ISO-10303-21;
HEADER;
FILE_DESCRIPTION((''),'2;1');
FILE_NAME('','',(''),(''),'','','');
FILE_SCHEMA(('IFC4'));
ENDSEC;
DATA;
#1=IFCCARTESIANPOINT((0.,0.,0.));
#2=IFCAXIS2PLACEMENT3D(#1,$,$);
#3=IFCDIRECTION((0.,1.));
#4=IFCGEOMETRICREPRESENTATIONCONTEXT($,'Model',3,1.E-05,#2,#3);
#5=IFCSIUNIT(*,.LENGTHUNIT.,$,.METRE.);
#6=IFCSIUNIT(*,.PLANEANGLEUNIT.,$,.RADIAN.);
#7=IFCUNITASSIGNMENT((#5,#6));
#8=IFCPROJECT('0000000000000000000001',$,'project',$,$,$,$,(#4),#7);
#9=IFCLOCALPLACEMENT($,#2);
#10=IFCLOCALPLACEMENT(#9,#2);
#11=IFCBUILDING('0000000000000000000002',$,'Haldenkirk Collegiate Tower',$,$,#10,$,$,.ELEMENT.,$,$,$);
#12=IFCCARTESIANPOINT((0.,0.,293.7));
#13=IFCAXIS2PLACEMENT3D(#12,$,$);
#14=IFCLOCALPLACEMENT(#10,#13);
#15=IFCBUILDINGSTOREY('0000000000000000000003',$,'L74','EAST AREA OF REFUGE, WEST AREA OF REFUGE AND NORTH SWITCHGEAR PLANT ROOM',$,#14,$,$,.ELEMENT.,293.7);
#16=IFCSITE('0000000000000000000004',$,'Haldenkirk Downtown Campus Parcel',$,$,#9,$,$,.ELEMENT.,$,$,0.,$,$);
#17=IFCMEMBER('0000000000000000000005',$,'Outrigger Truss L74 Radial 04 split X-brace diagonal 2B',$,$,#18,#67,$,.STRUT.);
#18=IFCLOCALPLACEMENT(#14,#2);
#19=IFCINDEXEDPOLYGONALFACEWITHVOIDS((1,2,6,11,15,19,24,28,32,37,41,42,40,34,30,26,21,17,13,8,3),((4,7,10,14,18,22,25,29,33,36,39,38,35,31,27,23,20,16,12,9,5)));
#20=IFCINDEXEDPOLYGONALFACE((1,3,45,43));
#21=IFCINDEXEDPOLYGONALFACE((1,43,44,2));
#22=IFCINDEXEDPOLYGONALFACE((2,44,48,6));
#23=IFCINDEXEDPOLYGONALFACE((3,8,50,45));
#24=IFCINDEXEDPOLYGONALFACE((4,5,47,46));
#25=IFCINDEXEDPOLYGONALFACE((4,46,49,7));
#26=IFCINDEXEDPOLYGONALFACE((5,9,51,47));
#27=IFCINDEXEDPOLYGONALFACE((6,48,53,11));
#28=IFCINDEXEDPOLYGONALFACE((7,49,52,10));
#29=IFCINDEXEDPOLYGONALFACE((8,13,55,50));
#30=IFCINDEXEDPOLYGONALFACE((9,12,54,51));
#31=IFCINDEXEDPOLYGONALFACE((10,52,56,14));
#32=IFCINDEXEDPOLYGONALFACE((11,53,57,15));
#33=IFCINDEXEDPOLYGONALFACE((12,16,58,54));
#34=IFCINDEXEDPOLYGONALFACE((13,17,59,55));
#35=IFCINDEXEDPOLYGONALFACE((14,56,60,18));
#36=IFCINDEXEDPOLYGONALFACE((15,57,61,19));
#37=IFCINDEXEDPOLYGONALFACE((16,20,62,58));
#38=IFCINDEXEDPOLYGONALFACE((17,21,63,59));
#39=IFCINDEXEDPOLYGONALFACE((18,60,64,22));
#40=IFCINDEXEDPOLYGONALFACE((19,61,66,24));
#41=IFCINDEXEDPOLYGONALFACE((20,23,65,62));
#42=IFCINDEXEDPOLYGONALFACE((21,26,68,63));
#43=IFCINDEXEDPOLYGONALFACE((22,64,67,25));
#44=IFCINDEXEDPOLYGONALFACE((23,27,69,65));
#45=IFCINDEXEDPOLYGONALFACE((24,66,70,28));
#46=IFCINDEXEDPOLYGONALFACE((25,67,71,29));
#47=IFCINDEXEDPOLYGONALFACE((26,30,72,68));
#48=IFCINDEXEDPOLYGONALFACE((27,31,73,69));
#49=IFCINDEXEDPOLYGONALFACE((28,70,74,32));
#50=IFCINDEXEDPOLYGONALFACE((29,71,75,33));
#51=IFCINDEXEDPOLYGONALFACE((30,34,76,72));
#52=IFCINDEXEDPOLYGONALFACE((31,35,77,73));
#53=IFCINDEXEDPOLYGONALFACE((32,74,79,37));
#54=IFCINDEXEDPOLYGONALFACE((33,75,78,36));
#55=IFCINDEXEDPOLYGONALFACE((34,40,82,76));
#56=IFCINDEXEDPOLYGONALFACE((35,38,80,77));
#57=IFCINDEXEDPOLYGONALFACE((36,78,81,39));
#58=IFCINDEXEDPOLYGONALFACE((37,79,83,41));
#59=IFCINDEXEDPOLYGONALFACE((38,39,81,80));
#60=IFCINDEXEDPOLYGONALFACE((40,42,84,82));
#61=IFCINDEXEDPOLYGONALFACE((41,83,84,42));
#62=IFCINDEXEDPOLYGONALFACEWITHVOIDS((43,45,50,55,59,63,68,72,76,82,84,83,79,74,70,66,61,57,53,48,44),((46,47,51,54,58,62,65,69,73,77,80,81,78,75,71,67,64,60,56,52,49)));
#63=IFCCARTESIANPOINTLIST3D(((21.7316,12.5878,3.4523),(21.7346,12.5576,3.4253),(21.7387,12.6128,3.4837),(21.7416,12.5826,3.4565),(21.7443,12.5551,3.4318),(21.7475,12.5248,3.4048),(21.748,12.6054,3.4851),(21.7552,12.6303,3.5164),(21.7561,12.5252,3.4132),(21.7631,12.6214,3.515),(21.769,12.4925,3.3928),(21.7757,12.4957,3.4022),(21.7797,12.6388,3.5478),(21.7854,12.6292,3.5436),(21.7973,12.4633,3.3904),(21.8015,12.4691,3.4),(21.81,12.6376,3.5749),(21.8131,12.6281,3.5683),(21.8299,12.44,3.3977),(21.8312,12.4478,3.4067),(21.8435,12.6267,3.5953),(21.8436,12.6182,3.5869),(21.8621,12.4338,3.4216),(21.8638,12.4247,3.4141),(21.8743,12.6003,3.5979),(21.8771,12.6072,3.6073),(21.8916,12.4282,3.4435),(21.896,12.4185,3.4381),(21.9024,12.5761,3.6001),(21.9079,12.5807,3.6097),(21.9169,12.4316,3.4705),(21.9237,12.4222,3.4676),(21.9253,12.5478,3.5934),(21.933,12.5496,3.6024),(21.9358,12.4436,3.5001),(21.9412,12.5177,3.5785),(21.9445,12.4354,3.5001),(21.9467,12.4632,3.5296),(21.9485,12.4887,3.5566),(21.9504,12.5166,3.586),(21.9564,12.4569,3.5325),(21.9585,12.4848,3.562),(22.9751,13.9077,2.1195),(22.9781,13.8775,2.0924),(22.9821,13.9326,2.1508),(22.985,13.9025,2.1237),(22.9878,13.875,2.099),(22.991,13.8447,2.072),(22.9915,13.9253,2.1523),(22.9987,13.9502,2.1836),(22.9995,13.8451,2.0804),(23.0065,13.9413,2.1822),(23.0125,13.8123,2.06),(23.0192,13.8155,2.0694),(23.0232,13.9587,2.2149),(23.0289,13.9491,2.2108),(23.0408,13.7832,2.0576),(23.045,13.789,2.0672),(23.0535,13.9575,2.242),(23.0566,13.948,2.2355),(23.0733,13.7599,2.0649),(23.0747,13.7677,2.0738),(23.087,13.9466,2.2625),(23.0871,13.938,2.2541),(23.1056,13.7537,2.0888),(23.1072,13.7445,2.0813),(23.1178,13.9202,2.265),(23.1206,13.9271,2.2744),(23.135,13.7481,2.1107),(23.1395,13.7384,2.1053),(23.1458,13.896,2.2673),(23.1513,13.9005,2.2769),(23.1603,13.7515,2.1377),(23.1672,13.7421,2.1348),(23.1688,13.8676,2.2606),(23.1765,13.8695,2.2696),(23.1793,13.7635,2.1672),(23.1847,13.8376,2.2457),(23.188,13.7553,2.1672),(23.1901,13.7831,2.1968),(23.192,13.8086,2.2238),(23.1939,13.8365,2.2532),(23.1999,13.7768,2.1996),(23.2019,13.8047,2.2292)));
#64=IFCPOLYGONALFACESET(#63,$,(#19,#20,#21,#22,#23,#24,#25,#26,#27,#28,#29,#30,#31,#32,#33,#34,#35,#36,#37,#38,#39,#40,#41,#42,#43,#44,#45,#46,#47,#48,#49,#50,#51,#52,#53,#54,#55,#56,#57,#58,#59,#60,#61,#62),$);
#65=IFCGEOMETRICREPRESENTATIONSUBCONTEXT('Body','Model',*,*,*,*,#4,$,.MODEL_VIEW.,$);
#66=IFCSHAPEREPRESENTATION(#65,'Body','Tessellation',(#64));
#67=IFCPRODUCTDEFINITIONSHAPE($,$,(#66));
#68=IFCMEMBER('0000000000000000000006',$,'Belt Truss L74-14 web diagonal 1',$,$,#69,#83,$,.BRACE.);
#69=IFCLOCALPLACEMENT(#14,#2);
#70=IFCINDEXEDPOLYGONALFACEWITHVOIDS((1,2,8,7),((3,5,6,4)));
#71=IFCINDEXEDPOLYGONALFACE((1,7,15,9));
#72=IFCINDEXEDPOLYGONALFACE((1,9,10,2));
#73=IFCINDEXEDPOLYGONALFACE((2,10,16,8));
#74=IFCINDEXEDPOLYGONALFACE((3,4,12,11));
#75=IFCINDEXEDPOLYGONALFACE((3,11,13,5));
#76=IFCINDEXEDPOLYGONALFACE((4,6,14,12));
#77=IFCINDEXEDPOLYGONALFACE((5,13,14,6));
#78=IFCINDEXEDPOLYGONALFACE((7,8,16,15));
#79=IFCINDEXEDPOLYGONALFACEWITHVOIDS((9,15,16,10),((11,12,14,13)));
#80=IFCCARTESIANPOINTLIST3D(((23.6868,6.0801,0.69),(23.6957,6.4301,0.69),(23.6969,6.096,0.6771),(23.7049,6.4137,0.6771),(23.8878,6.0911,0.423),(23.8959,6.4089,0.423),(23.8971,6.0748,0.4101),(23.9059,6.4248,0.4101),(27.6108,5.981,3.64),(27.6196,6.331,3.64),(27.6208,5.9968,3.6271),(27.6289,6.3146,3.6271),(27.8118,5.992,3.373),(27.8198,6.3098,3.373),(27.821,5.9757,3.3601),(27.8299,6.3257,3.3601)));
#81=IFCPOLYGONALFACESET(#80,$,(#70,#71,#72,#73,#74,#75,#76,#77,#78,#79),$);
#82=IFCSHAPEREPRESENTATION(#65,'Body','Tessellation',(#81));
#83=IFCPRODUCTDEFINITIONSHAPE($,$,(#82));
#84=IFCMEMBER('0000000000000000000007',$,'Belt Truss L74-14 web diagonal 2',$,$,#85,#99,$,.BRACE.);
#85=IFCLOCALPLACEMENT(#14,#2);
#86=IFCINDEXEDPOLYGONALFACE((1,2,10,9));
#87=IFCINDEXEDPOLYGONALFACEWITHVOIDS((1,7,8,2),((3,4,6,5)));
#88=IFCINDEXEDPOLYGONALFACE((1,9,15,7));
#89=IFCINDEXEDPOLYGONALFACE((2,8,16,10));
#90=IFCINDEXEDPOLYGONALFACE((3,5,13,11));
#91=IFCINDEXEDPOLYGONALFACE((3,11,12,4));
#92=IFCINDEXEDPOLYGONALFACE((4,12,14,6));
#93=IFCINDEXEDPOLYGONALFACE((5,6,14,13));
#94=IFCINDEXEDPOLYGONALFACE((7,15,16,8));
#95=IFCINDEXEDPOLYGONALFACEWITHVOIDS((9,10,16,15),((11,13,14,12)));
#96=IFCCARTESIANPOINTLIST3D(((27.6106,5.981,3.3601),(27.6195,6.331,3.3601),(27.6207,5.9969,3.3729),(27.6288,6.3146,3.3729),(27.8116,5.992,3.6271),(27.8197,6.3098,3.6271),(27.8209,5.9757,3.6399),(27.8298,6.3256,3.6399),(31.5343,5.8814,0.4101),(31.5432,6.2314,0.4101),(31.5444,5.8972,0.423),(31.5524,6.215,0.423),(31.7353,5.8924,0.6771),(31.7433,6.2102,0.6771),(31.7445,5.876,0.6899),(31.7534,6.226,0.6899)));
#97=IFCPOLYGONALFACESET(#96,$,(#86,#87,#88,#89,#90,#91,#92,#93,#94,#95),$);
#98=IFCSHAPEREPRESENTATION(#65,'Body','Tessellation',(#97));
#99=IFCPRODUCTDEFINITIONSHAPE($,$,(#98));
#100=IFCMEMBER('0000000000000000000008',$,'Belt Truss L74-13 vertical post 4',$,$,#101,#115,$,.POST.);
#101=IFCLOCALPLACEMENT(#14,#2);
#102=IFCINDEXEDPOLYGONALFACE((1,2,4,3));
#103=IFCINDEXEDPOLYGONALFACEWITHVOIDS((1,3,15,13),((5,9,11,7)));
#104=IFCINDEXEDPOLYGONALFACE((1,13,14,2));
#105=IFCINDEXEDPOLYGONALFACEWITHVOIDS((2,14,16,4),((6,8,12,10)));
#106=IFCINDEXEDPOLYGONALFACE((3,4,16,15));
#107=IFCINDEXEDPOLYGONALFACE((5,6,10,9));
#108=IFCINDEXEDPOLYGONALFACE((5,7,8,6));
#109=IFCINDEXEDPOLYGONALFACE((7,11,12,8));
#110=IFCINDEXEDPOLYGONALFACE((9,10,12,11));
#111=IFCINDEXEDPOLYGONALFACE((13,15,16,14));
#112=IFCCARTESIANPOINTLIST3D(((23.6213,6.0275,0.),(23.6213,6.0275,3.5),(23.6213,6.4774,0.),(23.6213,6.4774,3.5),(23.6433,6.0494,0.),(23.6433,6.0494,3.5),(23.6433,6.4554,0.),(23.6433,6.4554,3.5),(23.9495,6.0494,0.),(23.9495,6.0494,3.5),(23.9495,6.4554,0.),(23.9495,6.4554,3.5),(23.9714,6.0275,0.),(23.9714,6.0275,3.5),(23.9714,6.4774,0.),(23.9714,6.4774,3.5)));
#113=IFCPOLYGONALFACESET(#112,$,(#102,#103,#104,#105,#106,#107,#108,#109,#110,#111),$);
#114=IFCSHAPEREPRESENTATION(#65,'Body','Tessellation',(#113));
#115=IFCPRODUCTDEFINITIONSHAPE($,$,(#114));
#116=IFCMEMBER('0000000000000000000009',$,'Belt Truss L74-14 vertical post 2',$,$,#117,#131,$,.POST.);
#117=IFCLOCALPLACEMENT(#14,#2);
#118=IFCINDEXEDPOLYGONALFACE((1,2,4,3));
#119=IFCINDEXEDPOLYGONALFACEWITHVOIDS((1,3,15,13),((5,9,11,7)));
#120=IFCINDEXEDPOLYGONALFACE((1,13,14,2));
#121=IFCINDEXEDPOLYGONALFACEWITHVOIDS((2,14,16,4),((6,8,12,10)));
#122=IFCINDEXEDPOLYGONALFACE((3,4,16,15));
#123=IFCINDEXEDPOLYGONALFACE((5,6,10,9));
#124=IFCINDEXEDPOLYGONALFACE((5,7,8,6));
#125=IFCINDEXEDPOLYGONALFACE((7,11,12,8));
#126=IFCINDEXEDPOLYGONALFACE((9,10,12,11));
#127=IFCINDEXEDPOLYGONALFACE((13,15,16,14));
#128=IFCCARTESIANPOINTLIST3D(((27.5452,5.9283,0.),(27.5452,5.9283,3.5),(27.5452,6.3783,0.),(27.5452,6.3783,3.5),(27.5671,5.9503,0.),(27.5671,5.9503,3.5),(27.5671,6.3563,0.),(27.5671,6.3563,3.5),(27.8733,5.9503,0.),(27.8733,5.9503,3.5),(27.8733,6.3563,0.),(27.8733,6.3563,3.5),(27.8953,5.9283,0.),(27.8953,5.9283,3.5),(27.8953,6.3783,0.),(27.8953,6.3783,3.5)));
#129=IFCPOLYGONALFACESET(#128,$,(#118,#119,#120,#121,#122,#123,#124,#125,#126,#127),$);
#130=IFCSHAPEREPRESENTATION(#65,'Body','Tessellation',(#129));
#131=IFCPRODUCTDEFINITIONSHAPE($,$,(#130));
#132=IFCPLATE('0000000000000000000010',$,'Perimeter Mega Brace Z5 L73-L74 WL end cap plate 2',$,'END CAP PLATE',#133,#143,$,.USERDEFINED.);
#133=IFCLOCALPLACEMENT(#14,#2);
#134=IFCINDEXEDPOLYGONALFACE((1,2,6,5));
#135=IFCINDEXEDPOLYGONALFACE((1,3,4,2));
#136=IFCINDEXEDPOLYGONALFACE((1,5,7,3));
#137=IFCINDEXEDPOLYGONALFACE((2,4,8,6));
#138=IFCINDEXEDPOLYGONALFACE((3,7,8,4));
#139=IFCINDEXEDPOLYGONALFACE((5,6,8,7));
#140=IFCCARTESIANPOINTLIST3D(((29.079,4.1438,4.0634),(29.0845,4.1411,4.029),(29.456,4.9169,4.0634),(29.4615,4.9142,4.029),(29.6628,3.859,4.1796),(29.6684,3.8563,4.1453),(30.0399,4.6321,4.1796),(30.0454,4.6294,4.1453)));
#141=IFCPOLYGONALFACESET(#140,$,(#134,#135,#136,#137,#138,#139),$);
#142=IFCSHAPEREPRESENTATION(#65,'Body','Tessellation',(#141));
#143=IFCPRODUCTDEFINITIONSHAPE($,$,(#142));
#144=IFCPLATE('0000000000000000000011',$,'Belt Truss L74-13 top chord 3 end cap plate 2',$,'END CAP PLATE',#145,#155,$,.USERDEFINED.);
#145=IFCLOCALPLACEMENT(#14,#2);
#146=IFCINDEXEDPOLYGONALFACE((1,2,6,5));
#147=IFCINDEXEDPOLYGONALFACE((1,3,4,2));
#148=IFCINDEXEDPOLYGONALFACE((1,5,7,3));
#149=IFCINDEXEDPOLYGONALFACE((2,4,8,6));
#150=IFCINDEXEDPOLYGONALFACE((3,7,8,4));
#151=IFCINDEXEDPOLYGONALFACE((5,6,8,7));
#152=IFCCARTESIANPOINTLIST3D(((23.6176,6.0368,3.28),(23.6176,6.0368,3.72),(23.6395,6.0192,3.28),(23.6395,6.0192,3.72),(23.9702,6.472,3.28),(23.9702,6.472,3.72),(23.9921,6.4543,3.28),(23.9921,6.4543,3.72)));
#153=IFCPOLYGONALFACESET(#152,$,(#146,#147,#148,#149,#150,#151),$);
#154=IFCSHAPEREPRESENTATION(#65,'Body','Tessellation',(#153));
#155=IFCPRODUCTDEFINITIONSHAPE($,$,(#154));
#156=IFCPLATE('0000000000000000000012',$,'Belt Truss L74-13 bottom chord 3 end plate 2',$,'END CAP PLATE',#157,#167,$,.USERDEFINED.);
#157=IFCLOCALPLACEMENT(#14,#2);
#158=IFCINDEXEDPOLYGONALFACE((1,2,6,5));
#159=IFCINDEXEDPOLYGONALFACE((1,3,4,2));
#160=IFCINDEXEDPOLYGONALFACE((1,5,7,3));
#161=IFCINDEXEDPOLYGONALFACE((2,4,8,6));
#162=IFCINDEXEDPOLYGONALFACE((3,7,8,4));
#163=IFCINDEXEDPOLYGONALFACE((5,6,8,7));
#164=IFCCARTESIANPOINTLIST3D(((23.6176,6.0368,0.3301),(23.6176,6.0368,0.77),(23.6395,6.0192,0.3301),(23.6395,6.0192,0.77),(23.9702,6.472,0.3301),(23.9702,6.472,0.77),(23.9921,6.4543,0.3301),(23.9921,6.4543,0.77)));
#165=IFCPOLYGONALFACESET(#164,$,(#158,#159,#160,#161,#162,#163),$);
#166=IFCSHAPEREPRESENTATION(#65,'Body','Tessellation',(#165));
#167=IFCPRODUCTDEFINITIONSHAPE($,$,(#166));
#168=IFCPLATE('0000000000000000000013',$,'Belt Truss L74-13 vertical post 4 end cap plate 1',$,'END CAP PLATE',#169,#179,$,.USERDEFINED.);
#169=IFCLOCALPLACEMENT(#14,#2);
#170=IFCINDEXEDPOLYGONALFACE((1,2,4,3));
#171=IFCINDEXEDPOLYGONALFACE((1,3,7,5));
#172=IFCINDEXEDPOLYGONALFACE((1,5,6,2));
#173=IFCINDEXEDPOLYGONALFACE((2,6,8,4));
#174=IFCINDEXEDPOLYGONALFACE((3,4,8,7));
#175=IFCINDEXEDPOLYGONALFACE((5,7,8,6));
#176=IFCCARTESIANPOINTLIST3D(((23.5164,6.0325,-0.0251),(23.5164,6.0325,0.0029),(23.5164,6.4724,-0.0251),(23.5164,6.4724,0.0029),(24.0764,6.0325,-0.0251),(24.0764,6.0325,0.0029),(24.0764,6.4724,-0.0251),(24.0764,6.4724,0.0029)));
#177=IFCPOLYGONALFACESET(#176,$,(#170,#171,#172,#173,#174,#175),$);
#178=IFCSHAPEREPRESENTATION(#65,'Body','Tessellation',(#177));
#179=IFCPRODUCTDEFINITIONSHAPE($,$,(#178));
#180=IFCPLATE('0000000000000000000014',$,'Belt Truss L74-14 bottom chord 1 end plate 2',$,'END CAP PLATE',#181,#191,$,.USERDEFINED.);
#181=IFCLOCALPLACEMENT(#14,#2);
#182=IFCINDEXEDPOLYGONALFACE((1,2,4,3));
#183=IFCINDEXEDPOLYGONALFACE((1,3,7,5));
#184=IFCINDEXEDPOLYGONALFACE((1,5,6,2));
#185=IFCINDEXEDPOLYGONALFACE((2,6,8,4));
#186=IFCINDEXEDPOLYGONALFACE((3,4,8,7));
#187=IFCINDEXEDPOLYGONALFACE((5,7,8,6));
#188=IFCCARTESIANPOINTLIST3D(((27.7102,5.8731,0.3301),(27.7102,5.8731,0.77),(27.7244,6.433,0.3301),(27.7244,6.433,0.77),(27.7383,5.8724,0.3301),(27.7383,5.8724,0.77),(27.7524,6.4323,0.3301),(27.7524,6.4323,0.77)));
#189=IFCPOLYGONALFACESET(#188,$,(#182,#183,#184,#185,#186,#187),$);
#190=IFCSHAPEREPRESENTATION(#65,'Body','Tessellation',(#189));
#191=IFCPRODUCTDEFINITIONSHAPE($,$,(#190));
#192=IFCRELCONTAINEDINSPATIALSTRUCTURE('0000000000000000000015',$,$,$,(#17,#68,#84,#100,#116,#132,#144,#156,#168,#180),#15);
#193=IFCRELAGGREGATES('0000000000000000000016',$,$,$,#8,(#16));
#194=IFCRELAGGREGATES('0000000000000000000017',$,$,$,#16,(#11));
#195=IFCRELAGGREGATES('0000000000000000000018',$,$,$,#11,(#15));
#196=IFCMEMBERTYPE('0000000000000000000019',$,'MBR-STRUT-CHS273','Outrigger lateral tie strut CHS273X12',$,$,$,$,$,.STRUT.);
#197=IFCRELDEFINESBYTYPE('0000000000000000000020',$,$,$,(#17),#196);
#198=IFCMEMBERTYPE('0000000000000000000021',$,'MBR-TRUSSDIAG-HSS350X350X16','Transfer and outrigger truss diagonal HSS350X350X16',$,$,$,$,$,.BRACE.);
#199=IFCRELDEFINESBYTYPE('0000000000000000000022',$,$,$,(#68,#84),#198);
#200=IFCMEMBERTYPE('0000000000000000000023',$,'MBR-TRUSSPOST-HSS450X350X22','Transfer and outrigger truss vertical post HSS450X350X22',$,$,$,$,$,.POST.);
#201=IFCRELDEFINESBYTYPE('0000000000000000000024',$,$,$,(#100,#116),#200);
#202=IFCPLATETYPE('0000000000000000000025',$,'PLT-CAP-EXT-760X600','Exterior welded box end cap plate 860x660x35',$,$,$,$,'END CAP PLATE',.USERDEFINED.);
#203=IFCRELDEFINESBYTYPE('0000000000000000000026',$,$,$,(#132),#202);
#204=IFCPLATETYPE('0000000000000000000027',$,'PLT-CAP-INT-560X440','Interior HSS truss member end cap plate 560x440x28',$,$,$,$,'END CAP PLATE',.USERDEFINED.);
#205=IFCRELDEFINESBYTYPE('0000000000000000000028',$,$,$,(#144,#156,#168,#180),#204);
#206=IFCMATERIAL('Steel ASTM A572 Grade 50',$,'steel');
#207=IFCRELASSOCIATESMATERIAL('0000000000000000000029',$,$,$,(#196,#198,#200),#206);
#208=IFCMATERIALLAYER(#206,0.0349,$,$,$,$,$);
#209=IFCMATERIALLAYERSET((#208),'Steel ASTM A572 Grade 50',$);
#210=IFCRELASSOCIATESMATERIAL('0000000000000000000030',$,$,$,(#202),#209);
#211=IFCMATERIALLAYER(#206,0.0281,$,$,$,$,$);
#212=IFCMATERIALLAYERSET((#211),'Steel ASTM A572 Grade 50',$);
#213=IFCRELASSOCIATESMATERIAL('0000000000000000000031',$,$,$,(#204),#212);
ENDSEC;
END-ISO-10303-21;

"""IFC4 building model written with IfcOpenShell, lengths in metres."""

from ifc_helpers import new_model, si_unit, direction, frame, origin, origin_2d, place, context, subcontext, project, spatial, rectangle, hollow_rectangle, hollow_circle, extrude, source, transform, mapped, material, layer, layer_set, material_profile, profile_set, type_object, element, save


model = new_model("IFC4")

# Units and contexts
model_context = context("Model", 3, precision=1e-05, world=origin(), true_north=direction((0.0, 1.0)))
body_context = subcontext(model_context, "Body", "Model", "MODEL_VIEW")
ifc_project = project(units=[si_unit("LENGTHUNIT", "METRE"), si_unit("PLANEANGLEUNIT", "RADIAN")], contexts=[model_context])

# Site, building, storey
site_placement = place(None, origin())
site = spatial("IfcSite", under=ifc_project, at=site_placement, Name="Haldenkirk Downtown Campus Parcel", CompositionType="ELEMENT", RefElevation=0.0)
building_placement = place(site_placement, origin())
building = spatial("IfcBuilding", under=site, at=building_placement, Name="Haldenkirk Collegiate Tower", CompositionType="ELEMENT")
storey_placement = place(building_placement, frame((0.0, 0.0, 293.7)))
storey = spatial("IfcBuildingStorey", under=building, at=storey_placement, Name="L74", Description="EAST AREA OF REFUGE, WEST AREA OF REFUGE AND NORTH SWITCHGEAR PLANT ROOM", CompositionType="ELEMENT", Elevation=293.7)

# Members
ifc_material_1 = material(Name="Steel ASTM A572 Grade 50", Category="steel")
ifc_material_profile_1 = material_profile(ifc_material_1, hollow_circle(Radius=0.1365, WallThickness=0.012, at=origin_2d()), Name="CHS273X12")
ifc_profile_set_1 = profile_set([ifc_material_profile_1], Name="Steel ASTM A572 Grade 50")
member_type_1 = type_object("IfcMemberType", Name="MBR-STRUT-CHS273", Description="Outrigger lateral tie strut CHS273X12", PredefinedType="STRUT", material=ifc_profile_set_1)
member_1_placement = place(storey_placement, frame((23.0886, 13.8489, 2.1672), z_axis=(-0.55253, -0.586487, 0.592237), x_axis=(0.727864, -0.685722, 0.0)))
element("IfcMember", 1, at=member_1_placement, inside=storey, type_object=member_type_1, Name="Outrigger Truss L74 Radial 04 split X-brace diagonal 2B", PredefinedType="STRUT", context=body_context, shape_type="SweptSolid", body=[
    extrude(hollow_circle(Radius=0.1365, WallThickness=0.012, at=origin_2d()), origin(), (0.0, 0.0, 1.0), 2.2505),
])
ifc_material_profile_2 = material_profile(ifc_material_1, hollow_rectangle(XDim=0.3501, YDim=0.3501, WallThickness=0.0161, at=origin_2d()), Name="HSS350X350X16")
ifc_profile_set_2 = profile_set([ifc_material_profile_2], Name="Steel ASTM A572 Grade 50")
member_type_2 = type_object("IfcMemberType", Name="MBR-TRUSSDIAG-HSS350X350X16", Description="Transfer and outrigger truss diagonal HSS350X350X16", PredefinedType="BRACE", material=ifc_profile_set_2)
member_2_placement = place(storey_placement, frame((23.7964, 6.2524, 0.55), z_axis=(0.799144, -0.020187, 0.6008), x_axis=(0.025253, 0.999681, 0.0)))
element("IfcMember", 2, at=member_2_placement, inside=storey, type_object=member_type_2, Name="Belt Truss L74-14 web diagonal 1", PredefinedType="BRACE", context=body_context, shape_type="SweptSolid", body=[
    extrude(hollow_rectangle(XDim=0.3501, YDim=0.3501, WallThickness=0.0161, at=origin_2d()), origin(), (0.0, 0.0, 1.0), 4.9102),
])
member_3_placement = place(storey_placement, frame((27.7202, 6.1533, 3.5), z_axis=(0.799125, -0.020288, -0.600823), x_axis=(0.025379, 0.999678, 0.0)))
element("IfcMember", 3, at=member_3_placement, inside=storey, type_object=member_type_2, Name="Belt Truss L74-14 web diagonal 2", PredefinedType="BRACE", context=body_context, shape_type="SweptSolid", body=[
    extrude(hollow_rectangle(XDim=0.3501, YDim=0.3501, WallThickness=0.0161, at=origin_2d()), origin(), (0.0, 0.0, 1.0), 4.9099),
])
ifc_material_profile_3 = material_profile(ifc_material_1, hollow_rectangle(XDim=0.3501, YDim=0.45, WallThickness=0.022, at=origin_2d()), Name="HSS450X350X22")
ifc_profile_set_3 = profile_set([ifc_material_profile_3], Name="Steel ASTM A572 Grade 50")
member_type_3 = type_object("IfcMemberType", Name="MBR-TRUSSPOST-HSS450X350X22", Description="Transfer and outrigger truss vertical post HSS450X350X22", PredefinedType="POST", material=ifc_profile_set_3)
for number, where, z_axis, x_axis, name in (
    (4, (23.7964, 6.2524, 0.0), (0.0, 0.0, 1.0), (1.0, 0.0, 0.0), "Belt Truss L74-13 vertical post 4"),
    (5, (27.7202, 6.1533, 0.0), (0.0, 0.0, 1.0), (1.0, 0.0, 0.0), "Belt Truss L74-14 vertical post 2"),
):
    element("IfcMember", number, at=place(storey_placement, frame(where, z_axis=z_axis, x_axis=x_axis)), inside=storey, type_object=member_type_3, Name=name, PredefinedType="POST", context=body_context, shape_type="SweptSolid", body=[
        extrude(hollow_rectangle(XDim=0.3501, YDim=0.45, WallThickness=0.022, at=origin_2d()), origin(), (0.0, 0.0, 1.0), 3.5),
    ])

# Plates
ifc_layer_1 = layer(ifc_material_1, 0.0349)
ifc_layer_set_1 = layer_set([ifc_layer_1], Name="Steel ASTM A572 Grade 50")
plate_type_1 = type_object("IfcPlateType", Name="PLT-CAP-EXT-760X600", Description="Exterior welded box end cap plate 860x660x35", ElementType="END CAP PLATE", PredefinedType="USERDEFINED", material=ifc_layer_set_1)
shared_shape_1 = source(origin(), body_context, "Body", "SweptSolid", [
    extrude(rectangle(XDim=0.8601, YDim=0.6599, at=origin_2d()), origin(), (0.0, 0.0, 1.0), 0.0349),
])
plate_placement = place(storey_placement, frame((29.5649, 4.3853, 4.0872), z_axis=(-0.158311, 0.07721, 0.984366), x_axis=(-0.438354, -0.898802, 0.0)))
element("IfcPlate", 6, at=plate_placement, inside=storey, type_object=plate_type_1, Name="Perimeter Mega Brace Z5 L73-L74 WL end cap plate 2", ObjectType="END CAP PLATE", PredefinedType="USERDEFINED", context=body_context, shape_type="MappedRepresentation", body=[
    mapped(shared_shape_1, transform((0.0, 0.0, 0.0), x_axis=(1.0, 0.0, 0.0), y_axis=(0.0, 1.0, 0.0), z_axis=(0.0, 0.0, 1.0), scale=1.0)),
])
ifc_layer_2 = layer(ifc_material_1, 0.0281)
ifc_layer_set_2 = layer_set([ifc_layer_2], Name="Steel ASTM A572 Grade 50")
plate_type_2 = type_object("IfcPlateType", Name="PLT-CAP-INT-560X440", Description="Interior HSS truss member end cap plate 560x440x28", ElementType="END CAP PLATE", PredefinedType="USERDEFINED", material=ifc_layer_set_2)
shared_shape_2 = source(origin(), body_context, "Body", "SweptSolid", [
    extrude(rectangle(XDim=0.5601, YDim=0.4399, at=origin_2d()), origin(), (0.0, 0.0, 1.0), 0.0281),
])
for number, where, z_axis, x_axis, name in (
    (7, (23.7939, 6.2544, 3.5), (0.776943, -0.629571, 0.0), (0.629571, 0.776943, 0.0), "Belt Truss L74-13 top chord 3 end cap plate 2"),
    (8, (23.7939, 6.2544, 0.55), (0.776945, -0.629569, 0.0), (0.629569, 0.776945, 0.0), "Belt Truss L74-13 bottom chord 3 end plate 2"),
    (9, (23.7964, 6.2524, 0.0029), (0.0, 0.0, -1.0), (1.0, 0.0, 0.0), "Belt Truss L74-13 vertical post 4 end cap plate 1"),
    (10, (27.7173, 6.1531, 0.55), (0.99968, -0.025308, 0.0), (0.025308, 0.99968, 0.0), "Belt Truss L74-14 bottom chord 1 end plate 2"),
):
    element("IfcPlate", number, at=place(storey_placement, frame(where, z_axis=z_axis, x_axis=x_axis)), inside=storey, type_object=plate_type_2, Name=name, ObjectType="END CAP PLATE", PredefinedType="USERDEFINED", context=body_context, shape_type="MappedRepresentation", body=[
        mapped(shared_shape_2, transform((0.0, 0.0, 0.0), x_axis=(1.0, 0.0, 0.0), y_axis=(0.0, 1.0, 0.0), z_axis=(0.0, 0.0, 1.0), scale=1.0)),
    ])

save(model, "model.ifc")
